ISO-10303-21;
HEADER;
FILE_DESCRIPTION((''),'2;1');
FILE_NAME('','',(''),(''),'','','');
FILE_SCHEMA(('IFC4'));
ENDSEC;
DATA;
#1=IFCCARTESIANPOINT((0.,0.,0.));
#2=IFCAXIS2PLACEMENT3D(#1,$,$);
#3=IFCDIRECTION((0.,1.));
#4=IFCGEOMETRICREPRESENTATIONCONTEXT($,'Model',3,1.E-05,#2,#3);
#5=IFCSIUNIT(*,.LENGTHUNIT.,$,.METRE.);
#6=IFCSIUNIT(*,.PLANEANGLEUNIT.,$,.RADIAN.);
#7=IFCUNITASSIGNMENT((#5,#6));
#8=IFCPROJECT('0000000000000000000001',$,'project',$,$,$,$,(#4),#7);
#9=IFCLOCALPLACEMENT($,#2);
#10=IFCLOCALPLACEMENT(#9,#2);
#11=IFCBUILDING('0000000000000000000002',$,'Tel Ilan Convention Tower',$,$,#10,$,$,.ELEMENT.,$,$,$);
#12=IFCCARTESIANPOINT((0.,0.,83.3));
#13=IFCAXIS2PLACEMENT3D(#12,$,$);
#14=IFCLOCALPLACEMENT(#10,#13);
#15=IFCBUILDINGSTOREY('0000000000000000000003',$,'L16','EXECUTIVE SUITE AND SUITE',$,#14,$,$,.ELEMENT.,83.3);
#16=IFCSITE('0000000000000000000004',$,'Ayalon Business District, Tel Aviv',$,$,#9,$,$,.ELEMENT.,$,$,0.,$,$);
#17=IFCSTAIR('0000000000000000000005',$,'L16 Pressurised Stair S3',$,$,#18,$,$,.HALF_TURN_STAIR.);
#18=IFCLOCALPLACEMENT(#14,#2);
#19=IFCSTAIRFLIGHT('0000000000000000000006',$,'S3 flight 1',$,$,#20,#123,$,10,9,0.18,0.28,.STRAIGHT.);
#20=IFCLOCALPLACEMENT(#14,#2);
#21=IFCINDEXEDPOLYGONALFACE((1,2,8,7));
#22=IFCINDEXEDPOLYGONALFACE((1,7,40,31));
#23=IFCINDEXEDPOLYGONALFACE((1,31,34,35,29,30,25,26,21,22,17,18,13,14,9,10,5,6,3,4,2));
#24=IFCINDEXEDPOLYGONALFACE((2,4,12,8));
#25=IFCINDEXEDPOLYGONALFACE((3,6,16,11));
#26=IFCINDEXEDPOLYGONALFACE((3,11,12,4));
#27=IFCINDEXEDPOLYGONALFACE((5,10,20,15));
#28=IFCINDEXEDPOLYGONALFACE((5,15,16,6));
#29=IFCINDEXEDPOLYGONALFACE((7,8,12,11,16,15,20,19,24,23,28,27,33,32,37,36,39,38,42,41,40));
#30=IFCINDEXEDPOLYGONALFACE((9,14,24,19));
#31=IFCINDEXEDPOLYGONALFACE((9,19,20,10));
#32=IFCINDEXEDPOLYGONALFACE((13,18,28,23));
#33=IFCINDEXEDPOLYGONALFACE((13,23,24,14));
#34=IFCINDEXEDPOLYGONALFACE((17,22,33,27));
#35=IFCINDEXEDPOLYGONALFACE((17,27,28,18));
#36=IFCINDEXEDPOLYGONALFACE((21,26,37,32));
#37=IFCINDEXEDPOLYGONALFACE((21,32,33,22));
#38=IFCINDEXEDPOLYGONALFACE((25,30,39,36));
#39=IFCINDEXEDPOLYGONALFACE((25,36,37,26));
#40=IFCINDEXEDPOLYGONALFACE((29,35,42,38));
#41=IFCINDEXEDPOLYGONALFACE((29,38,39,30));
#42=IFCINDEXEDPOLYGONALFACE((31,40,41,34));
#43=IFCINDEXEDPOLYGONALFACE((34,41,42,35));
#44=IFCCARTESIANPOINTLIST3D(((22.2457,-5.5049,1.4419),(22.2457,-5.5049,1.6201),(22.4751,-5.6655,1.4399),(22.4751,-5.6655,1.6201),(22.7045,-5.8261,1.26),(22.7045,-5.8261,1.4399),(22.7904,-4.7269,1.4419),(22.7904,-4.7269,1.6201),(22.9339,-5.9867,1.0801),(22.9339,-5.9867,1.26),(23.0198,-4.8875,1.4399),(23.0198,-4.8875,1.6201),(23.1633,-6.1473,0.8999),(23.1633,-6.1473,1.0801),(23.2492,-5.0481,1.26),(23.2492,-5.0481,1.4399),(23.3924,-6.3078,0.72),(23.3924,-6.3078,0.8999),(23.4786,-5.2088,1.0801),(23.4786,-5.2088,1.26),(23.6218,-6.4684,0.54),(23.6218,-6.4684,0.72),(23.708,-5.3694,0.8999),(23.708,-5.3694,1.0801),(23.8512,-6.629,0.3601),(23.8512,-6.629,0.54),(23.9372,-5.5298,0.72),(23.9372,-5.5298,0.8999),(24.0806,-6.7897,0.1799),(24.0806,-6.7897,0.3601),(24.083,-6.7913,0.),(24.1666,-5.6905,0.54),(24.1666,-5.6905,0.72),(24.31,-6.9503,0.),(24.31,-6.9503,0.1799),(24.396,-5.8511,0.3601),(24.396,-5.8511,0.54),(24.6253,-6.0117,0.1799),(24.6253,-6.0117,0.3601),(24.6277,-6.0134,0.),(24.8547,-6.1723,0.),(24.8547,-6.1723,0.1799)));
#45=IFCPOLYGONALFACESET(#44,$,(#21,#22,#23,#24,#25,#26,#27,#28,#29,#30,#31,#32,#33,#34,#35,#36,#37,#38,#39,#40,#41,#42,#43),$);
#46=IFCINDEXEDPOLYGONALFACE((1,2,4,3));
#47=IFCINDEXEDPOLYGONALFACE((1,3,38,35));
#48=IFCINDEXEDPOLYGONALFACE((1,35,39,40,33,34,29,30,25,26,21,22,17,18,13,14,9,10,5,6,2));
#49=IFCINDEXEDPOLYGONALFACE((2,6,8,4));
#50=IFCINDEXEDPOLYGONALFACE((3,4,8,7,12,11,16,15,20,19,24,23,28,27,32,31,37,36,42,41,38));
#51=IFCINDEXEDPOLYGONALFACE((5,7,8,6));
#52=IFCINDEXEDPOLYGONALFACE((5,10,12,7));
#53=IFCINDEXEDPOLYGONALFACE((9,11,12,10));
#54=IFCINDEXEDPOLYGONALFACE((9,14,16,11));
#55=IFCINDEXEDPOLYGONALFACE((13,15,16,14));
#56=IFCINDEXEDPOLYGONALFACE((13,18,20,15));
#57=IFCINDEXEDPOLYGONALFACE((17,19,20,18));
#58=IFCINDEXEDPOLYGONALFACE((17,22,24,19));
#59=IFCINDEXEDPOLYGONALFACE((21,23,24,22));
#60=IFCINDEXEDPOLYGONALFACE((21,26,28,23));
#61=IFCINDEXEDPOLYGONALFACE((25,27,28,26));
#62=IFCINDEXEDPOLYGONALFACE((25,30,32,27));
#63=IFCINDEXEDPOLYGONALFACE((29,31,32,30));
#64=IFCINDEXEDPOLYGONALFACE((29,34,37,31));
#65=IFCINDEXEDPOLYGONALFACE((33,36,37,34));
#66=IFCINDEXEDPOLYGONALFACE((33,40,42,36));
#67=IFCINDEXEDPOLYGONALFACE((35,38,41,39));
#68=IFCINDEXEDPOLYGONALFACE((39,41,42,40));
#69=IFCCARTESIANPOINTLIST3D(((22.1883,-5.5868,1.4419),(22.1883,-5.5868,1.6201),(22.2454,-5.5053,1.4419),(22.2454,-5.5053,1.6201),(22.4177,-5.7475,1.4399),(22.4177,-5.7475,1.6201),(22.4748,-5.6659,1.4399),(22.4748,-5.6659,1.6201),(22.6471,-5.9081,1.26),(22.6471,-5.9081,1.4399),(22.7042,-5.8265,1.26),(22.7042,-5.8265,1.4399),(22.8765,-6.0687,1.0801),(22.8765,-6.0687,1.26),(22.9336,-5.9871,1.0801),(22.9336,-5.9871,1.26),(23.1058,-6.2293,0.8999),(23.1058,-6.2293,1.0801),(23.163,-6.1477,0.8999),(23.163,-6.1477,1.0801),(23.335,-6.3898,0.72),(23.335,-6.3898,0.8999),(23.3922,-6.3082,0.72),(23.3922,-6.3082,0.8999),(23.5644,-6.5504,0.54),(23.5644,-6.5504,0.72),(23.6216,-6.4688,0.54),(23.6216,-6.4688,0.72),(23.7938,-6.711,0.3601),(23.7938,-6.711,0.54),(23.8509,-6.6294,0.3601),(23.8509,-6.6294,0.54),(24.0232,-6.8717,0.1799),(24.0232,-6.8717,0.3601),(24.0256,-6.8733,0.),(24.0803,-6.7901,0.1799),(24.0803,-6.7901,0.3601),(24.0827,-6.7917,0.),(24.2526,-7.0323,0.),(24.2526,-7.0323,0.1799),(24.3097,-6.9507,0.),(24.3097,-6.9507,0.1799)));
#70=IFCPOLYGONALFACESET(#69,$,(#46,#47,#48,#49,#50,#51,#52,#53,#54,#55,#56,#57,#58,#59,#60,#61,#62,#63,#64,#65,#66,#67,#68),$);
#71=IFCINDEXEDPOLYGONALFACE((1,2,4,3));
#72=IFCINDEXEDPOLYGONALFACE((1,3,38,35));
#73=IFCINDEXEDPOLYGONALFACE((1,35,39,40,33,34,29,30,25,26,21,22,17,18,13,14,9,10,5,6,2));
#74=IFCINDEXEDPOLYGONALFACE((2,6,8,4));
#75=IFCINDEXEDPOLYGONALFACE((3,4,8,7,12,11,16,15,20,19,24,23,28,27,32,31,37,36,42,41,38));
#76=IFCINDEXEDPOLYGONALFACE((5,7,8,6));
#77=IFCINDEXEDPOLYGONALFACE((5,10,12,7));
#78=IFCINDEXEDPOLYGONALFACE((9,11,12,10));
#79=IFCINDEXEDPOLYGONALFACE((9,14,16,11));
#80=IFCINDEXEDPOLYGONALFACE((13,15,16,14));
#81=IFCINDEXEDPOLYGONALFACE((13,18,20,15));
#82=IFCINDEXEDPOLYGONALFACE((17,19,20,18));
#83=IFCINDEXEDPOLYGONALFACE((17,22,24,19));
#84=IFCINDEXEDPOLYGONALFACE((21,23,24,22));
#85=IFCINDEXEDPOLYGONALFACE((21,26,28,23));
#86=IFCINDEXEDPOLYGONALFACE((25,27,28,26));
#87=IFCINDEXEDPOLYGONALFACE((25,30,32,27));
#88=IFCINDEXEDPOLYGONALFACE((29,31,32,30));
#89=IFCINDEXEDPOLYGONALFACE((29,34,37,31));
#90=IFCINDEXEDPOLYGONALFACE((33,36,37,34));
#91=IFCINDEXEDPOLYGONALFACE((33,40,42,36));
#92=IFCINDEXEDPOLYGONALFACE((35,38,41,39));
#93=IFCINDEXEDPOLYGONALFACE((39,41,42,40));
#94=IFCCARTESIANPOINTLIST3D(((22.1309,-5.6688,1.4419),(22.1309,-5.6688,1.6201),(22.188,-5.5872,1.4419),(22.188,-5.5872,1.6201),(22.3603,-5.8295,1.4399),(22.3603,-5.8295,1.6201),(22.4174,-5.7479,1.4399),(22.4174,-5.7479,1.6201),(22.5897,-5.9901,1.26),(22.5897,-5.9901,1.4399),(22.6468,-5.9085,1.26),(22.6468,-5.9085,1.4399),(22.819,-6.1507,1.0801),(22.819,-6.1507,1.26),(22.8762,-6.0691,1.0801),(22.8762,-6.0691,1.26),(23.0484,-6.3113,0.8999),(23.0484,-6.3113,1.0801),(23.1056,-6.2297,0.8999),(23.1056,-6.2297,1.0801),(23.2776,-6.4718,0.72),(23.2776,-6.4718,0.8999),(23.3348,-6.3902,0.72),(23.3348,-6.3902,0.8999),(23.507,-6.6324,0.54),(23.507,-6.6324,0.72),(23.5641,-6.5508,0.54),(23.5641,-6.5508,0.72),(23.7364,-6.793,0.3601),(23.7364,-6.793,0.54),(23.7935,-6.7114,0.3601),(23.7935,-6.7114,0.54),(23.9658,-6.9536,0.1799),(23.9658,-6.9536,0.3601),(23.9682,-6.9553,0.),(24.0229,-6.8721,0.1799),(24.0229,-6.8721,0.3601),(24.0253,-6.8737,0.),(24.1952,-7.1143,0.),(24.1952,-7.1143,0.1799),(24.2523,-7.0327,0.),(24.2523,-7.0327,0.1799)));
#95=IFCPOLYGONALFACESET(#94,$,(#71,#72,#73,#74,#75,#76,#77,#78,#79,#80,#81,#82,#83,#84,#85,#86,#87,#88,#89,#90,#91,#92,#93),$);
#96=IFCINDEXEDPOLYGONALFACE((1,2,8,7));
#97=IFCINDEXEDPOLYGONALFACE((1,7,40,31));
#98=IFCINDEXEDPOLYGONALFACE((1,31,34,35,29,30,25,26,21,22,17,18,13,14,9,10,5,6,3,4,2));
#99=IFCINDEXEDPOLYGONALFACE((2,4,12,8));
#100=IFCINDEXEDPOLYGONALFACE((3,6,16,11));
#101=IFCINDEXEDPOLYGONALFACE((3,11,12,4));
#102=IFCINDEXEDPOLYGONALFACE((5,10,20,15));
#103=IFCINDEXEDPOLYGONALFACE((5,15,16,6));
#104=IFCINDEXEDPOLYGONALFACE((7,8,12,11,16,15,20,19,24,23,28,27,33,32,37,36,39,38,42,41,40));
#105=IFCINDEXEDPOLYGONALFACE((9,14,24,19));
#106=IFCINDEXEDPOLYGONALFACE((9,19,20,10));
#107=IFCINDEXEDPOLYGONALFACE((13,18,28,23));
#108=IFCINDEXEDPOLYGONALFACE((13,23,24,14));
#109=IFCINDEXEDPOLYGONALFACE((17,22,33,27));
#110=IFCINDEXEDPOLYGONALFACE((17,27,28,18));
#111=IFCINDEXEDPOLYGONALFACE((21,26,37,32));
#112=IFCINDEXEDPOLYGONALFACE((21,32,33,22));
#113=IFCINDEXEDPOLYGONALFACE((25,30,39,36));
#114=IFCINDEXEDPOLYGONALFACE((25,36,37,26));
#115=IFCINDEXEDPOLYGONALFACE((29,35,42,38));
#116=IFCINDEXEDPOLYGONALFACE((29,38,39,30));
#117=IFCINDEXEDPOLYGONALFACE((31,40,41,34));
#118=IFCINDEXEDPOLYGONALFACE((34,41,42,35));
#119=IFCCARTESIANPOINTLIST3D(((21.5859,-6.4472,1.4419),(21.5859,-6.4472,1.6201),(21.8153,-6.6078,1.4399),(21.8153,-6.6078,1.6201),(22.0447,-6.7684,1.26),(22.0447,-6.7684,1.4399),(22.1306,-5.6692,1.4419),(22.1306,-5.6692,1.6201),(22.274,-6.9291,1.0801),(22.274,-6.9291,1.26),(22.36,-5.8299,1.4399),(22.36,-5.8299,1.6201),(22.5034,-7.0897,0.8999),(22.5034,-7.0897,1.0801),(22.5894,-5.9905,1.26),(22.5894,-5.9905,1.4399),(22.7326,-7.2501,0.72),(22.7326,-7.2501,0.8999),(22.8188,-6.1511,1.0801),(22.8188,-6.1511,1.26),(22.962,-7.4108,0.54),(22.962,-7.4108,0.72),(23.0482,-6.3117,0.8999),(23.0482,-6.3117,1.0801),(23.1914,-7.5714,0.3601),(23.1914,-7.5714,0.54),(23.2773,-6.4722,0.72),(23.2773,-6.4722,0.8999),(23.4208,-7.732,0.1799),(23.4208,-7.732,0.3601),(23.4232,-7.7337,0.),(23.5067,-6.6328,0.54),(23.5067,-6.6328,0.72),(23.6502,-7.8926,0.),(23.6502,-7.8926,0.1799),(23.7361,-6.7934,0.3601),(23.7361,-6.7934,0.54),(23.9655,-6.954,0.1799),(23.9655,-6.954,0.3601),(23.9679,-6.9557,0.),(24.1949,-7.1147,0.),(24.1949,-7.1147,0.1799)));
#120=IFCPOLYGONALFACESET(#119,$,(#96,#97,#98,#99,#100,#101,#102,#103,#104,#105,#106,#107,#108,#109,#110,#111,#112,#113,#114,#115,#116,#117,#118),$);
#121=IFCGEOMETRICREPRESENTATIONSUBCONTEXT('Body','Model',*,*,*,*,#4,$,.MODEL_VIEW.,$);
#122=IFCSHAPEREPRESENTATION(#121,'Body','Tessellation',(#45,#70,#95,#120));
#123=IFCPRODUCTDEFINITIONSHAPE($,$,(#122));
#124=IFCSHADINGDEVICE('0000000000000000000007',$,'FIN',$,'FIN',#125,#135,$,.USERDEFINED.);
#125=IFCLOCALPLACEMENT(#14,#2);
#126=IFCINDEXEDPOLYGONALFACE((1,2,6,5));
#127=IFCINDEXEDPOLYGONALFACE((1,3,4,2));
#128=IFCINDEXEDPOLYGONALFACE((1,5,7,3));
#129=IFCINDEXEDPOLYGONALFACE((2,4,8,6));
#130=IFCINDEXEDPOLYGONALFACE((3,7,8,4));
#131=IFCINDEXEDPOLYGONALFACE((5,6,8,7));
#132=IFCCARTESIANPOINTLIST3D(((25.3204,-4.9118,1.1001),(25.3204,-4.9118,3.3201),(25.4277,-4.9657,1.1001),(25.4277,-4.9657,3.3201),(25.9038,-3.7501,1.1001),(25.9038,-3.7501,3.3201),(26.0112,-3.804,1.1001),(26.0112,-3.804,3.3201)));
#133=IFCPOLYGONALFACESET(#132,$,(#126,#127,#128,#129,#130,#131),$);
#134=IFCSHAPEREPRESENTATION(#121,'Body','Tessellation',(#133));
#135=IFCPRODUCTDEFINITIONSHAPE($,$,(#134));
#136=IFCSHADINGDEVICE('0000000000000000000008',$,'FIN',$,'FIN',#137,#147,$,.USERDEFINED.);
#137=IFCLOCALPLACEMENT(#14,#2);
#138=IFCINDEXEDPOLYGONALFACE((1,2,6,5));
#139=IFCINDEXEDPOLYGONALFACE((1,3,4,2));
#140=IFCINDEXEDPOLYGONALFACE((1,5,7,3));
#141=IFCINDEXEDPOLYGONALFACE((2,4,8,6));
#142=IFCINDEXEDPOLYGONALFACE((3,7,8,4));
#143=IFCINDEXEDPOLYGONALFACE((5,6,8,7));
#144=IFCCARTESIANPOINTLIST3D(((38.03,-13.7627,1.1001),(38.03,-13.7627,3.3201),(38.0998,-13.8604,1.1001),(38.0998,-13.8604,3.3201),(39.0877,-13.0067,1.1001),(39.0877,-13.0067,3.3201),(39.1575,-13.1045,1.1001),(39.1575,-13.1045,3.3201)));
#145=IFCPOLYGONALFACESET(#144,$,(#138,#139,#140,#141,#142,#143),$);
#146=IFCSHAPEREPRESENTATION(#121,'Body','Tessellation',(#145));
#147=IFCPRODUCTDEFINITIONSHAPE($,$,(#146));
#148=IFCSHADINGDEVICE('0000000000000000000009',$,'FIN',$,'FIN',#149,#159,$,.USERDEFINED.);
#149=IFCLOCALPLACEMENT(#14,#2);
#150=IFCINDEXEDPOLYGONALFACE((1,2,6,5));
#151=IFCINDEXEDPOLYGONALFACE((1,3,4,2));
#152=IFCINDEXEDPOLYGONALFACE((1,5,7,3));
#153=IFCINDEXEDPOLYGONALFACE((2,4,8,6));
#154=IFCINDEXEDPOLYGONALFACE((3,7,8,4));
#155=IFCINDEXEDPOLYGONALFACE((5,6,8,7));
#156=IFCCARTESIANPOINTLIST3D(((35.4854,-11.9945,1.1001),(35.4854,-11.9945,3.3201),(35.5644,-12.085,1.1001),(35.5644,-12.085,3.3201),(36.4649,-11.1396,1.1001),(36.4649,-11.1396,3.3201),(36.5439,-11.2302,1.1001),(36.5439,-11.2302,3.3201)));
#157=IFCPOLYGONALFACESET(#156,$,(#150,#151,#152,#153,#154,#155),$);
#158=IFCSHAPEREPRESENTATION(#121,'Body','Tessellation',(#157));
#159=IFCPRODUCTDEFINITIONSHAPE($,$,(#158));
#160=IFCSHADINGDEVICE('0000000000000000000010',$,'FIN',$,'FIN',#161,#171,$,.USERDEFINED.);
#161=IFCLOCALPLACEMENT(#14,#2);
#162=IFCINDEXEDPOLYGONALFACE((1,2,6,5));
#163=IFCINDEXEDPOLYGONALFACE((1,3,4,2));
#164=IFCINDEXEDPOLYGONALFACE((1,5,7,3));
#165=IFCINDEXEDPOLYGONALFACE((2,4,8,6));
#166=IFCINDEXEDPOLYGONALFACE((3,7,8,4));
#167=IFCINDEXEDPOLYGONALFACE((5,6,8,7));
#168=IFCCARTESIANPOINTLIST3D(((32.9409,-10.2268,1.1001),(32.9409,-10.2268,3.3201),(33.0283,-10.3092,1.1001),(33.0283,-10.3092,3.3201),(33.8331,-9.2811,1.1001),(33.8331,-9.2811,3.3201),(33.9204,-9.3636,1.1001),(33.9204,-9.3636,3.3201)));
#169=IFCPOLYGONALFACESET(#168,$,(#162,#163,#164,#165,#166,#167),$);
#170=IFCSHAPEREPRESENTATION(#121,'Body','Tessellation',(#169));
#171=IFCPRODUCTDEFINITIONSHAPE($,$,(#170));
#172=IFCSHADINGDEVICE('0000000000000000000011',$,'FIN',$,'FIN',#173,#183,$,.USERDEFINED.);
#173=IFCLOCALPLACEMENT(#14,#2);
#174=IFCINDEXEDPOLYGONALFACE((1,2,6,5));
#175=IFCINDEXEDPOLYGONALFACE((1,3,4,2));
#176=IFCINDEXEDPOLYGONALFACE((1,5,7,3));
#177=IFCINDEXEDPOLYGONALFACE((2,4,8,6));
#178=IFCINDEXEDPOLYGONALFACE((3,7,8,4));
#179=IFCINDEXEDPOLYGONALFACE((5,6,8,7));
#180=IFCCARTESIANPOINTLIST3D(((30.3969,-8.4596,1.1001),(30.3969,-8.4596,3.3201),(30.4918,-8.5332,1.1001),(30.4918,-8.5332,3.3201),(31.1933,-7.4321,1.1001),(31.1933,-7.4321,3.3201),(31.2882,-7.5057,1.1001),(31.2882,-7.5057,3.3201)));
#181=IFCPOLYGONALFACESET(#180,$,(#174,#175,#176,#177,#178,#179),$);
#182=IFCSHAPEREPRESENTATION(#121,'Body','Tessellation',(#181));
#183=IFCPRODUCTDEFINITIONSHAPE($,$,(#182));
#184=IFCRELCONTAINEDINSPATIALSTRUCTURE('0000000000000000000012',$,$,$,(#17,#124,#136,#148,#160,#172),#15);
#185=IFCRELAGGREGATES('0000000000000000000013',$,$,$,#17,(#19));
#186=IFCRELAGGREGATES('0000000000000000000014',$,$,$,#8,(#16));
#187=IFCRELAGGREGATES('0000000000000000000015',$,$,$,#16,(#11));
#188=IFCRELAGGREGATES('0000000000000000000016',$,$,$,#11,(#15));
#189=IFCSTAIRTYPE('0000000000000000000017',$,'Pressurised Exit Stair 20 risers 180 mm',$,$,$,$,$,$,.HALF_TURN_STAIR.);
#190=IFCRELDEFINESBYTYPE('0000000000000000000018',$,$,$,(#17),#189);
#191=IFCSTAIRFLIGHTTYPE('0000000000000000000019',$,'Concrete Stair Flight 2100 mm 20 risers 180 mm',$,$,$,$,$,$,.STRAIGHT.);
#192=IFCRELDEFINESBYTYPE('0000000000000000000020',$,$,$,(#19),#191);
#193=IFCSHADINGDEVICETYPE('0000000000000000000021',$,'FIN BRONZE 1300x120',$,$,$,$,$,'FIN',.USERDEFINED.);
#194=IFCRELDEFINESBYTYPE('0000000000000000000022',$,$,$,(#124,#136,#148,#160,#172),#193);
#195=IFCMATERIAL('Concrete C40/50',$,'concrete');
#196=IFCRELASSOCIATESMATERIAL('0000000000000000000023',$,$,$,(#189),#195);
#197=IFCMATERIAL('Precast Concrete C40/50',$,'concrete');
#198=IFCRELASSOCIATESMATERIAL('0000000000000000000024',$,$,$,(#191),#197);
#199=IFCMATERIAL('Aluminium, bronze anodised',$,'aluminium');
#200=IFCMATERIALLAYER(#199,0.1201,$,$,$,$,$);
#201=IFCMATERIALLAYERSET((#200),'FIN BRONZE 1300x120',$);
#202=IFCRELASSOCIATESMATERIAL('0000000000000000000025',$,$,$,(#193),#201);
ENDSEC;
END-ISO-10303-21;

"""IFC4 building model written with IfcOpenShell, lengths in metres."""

from ifc_helpers import new_model, si_unit, direction, frame, origin, origin_2d, place, context, subcontext, project, spatial, polyline, rectangle, outline, extrude, material, layer, layer_set, type_object, element, aggregate, save


model = new_model("IFC4")

# Units and contexts
model_context = context("Model", 3, precision=1e-05, world=origin(), true_north=direction((0.0, 1.0)))
body_context = subcontext(model_context, "Body", "Model", "MODEL_VIEW")
ifc_project = project(units=[si_unit("LENGTHUNIT", "METRE"), si_unit("PLANEANGLEUNIT", "RADIAN")], contexts=[model_context])

# Site, building, storey
site_placement = place(None, origin())
site = spatial("IfcSite", under=ifc_project, at=site_placement, Name="Ayalon Business District, Tel Aviv", CompositionType="ELEMENT", RefElevation=0.0)
building_placement = place(site_placement, origin())
building = spatial("IfcBuilding", under=site, at=building_placement, Name="Tel Ilan Convention Tower", CompositionType="ELEMENT")
storey_placement = place(building_placement, frame((0.0, 0.0, 83.3)))
storey = spatial("IfcBuildingStorey", under=building, at=storey_placement, Name="L16", Description="EXECUTIVE SUITE AND SUITE", CompositionType="ELEMENT", Elevation=83.3)

# Stair, stair flight
ifc_material_1 = material(Name="Concrete C40/50", Category="concrete")
stair_type = type_object("IfcStairType", Name="Pressurised Exit Stair 20 risers 180 mm", PredefinedType="HALF_TURN_STAIR", material=ifc_material_1)
stair_placement = place(storey_placement, origin())
stair = element("IfcStair", 1, at=stair_placement, inside=storey, type_object=stair_type, Name="L16 Pressurised Stair S3", PredefinedType="HALF_TURN_STAIR")
ifc_material_2 = material(Name="Precast Concrete C40/50", Category="concrete")
stair_flight_type = type_object("IfcStairFlightType", Name="Concrete Stair Flight 2100 mm 20 risers 180 mm", PredefinedType="STRAIGHT", material=ifc_material_2)
stair_flight_placement = place(storey_placement, frame((24.2524, -7.0325, 0.0), z_axis=(0.0, 0.0, 1.0), x_axis=(-0.819152, 0.573576, 0.0)))
stair_flight = element("IfcStairFlight", 2, at=stair_flight_placement, type_object=stair_flight_type, Name="S3 flight 1", NumberOfRisers=10, NumberOfTreads=9, PredefinedType="STRAIGHT", RiserHeight=0.18, TreadLength=0.28, context=body_context, shape_type="SweptSolid", body=[
    extrude(outline(polyline([(0.0, 0.0), (0.0, 0.1799), (0.28, 0.1799), (0.28, 0.3601), (0.5601, 0.3601), (0.5601, 0.54), (0.8401, 0.54), (0.8401, 0.72), (1.1201, 0.72), (1.1201, 0.8999), (1.3999, 0.8999), (1.3999, 1.0801), (1.6799, 1.0801), (1.6799, 1.26), (1.96, 1.26), (1.96, 1.4399), (2.24, 1.4399), (2.24, 1.6201), (2.52, 1.6201), (2.52, 1.8), (2.52, 1.4419), (0.2771, 0.0), (0.0, 0.0)])), frame((0.0, -0.1003, 0.0), z_axis=(0.0, -1.0, 0.0), x_axis=(1.0, 0.0, 0.0)), (0.0, 0.0, 1.0), 0.9497),
    extrude(outline(polyline([(0.0, 0.0), (0.0, 0.1799), (0.28, 0.1799), (0.28, 0.3601), (0.5601, 0.3601), (0.5601, 0.54), (0.8401, 0.54), (0.8401, 0.72), (1.1201, 0.72), (1.1201, 0.8999), (1.3999, 0.8999), (1.3999, 1.0801), (1.6799, 1.0801), (1.6799, 1.26), (1.96, 1.26), (1.96, 1.4399), (2.24, 1.4399), (2.24, 1.6201), (2.52, 1.6201), (2.52, 1.8), (2.52, 1.4419), (0.2771, 0.0), (0.0, 0.0)])), frame((0.0, -0.0002, 0.0), z_axis=(0.0, -1.0, 0.0), x_axis=(1.0, 0.0, 0.0)), (0.0, 0.0, 1.0), 0.0996),
    extrude(outline(polyline([(0.0, 0.0), (0.0, 0.1799), (0.28, 0.1799), (0.28, 0.3601), (0.5601, 0.3601), (0.5601, 0.54), (0.8401, 0.54), (0.8401, 0.72), (1.1201, 0.72), (1.1201, 0.8999), (1.3999, 0.8999), (1.3999, 1.0801), (1.6799, 1.0801), (1.6799, 1.26), (1.96, 1.26), (1.96, 1.4399), (2.24, 1.4399), (2.24, 1.6201), (2.52, 1.6201), (2.52, 1.8), (2.52, 1.4419), (0.2771, 0.0), (0.0, 0.0)])), frame((0.0, 0.0999, 0.0), z_axis=(0.0, -1.0, 0.0), x_axis=(1.0, 0.0, 0.0)), (0.0, 0.0, 1.0), 0.0996),
    extrude(outline(polyline([(0.0, 0.0), (0.0, 0.1799), (0.28, 0.1799), (0.28, 0.3601), (0.5601, 0.3601), (0.5601, 0.54), (0.8401, 0.54), (0.8401, 0.72), (1.1201, 0.72), (1.1201, 0.8999), (1.3999, 0.8999), (1.3999, 1.0801), (1.6799, 1.0801), (1.6799, 1.26), (1.96, 1.26), (1.96, 1.4399), (2.24, 1.4399), (2.24, 1.6201), (2.52, 1.6201), (2.52, 1.8), (2.52, 1.4419), (0.2771, 0.0), (0.0, 0.0)])), frame((0.0, 1.05, 0.0), z_axis=(0.0, -1.0, 0.0), x_axis=(1.0, 0.0, 0.0)), (0.0, 0.0, 1.0), 0.9497),
])
aggregate(stair, [stair_flight])

# Shading devices
ifc_material_3 = material(Name="Aluminium, bronze anodised", Category="aluminium")
ifc_layer_1 = layer(ifc_material_3, 0.1201)
ifc_layer_set_1 = layer_set([ifc_layer_1], Name="FIN BRONZE 1300x120")
shading_device_type = type_object("IfcShadingDeviceType", Name="FIN BRONZE 1300x120", ElementType="FIN", PredefinedType="USERDEFINED", material=ifc_layer_set_1)
for number, where, z_axis, x_axis, name in (
    (3, (25.6658, -4.3579, 1.1001), (0.0, 0.0, 1.0), (0.448799, 0.893633, 0.0), "FIN"),
    (4, (38.5938, -13.4336, 1.1001), (0.0, 0.0, 1.0), (0.813552, 0.581492, 0.0), "FIN"),
    (5, (36.0146, -11.6123, 1.1001), (0.0, 0.0, 1.0), (0.753436, 0.657521, 0.0), "FIN"),
    (6, (33.4307, -9.7952, 1.1001), (0.0, 0.0, 1.0), (0.686242, 0.727374, 0.0), "FIN"),
    (7, (30.8425, -7.9827, 1.1001), (0.0, 0.0, 1.0), (0.612601, 0.790393, 0.0), "FIN"),
):
    element("IfcShadingDevice", number, at=place(storey_placement, frame(where, z_axis=z_axis, x_axis=x_axis)), inside=storey, type_object=shading_device_type, Name=name, ObjectType="FIN", PredefinedType="USERDEFINED", context=body_context, shape_type="SweptSolid", body=[
        extrude(rectangle(XDim=1.3, YDim=0.1201, at=origin_2d()), origin(), (0.0, 0.0, 1.0), 2.22),
    ])

save(model, "model.ifc")
